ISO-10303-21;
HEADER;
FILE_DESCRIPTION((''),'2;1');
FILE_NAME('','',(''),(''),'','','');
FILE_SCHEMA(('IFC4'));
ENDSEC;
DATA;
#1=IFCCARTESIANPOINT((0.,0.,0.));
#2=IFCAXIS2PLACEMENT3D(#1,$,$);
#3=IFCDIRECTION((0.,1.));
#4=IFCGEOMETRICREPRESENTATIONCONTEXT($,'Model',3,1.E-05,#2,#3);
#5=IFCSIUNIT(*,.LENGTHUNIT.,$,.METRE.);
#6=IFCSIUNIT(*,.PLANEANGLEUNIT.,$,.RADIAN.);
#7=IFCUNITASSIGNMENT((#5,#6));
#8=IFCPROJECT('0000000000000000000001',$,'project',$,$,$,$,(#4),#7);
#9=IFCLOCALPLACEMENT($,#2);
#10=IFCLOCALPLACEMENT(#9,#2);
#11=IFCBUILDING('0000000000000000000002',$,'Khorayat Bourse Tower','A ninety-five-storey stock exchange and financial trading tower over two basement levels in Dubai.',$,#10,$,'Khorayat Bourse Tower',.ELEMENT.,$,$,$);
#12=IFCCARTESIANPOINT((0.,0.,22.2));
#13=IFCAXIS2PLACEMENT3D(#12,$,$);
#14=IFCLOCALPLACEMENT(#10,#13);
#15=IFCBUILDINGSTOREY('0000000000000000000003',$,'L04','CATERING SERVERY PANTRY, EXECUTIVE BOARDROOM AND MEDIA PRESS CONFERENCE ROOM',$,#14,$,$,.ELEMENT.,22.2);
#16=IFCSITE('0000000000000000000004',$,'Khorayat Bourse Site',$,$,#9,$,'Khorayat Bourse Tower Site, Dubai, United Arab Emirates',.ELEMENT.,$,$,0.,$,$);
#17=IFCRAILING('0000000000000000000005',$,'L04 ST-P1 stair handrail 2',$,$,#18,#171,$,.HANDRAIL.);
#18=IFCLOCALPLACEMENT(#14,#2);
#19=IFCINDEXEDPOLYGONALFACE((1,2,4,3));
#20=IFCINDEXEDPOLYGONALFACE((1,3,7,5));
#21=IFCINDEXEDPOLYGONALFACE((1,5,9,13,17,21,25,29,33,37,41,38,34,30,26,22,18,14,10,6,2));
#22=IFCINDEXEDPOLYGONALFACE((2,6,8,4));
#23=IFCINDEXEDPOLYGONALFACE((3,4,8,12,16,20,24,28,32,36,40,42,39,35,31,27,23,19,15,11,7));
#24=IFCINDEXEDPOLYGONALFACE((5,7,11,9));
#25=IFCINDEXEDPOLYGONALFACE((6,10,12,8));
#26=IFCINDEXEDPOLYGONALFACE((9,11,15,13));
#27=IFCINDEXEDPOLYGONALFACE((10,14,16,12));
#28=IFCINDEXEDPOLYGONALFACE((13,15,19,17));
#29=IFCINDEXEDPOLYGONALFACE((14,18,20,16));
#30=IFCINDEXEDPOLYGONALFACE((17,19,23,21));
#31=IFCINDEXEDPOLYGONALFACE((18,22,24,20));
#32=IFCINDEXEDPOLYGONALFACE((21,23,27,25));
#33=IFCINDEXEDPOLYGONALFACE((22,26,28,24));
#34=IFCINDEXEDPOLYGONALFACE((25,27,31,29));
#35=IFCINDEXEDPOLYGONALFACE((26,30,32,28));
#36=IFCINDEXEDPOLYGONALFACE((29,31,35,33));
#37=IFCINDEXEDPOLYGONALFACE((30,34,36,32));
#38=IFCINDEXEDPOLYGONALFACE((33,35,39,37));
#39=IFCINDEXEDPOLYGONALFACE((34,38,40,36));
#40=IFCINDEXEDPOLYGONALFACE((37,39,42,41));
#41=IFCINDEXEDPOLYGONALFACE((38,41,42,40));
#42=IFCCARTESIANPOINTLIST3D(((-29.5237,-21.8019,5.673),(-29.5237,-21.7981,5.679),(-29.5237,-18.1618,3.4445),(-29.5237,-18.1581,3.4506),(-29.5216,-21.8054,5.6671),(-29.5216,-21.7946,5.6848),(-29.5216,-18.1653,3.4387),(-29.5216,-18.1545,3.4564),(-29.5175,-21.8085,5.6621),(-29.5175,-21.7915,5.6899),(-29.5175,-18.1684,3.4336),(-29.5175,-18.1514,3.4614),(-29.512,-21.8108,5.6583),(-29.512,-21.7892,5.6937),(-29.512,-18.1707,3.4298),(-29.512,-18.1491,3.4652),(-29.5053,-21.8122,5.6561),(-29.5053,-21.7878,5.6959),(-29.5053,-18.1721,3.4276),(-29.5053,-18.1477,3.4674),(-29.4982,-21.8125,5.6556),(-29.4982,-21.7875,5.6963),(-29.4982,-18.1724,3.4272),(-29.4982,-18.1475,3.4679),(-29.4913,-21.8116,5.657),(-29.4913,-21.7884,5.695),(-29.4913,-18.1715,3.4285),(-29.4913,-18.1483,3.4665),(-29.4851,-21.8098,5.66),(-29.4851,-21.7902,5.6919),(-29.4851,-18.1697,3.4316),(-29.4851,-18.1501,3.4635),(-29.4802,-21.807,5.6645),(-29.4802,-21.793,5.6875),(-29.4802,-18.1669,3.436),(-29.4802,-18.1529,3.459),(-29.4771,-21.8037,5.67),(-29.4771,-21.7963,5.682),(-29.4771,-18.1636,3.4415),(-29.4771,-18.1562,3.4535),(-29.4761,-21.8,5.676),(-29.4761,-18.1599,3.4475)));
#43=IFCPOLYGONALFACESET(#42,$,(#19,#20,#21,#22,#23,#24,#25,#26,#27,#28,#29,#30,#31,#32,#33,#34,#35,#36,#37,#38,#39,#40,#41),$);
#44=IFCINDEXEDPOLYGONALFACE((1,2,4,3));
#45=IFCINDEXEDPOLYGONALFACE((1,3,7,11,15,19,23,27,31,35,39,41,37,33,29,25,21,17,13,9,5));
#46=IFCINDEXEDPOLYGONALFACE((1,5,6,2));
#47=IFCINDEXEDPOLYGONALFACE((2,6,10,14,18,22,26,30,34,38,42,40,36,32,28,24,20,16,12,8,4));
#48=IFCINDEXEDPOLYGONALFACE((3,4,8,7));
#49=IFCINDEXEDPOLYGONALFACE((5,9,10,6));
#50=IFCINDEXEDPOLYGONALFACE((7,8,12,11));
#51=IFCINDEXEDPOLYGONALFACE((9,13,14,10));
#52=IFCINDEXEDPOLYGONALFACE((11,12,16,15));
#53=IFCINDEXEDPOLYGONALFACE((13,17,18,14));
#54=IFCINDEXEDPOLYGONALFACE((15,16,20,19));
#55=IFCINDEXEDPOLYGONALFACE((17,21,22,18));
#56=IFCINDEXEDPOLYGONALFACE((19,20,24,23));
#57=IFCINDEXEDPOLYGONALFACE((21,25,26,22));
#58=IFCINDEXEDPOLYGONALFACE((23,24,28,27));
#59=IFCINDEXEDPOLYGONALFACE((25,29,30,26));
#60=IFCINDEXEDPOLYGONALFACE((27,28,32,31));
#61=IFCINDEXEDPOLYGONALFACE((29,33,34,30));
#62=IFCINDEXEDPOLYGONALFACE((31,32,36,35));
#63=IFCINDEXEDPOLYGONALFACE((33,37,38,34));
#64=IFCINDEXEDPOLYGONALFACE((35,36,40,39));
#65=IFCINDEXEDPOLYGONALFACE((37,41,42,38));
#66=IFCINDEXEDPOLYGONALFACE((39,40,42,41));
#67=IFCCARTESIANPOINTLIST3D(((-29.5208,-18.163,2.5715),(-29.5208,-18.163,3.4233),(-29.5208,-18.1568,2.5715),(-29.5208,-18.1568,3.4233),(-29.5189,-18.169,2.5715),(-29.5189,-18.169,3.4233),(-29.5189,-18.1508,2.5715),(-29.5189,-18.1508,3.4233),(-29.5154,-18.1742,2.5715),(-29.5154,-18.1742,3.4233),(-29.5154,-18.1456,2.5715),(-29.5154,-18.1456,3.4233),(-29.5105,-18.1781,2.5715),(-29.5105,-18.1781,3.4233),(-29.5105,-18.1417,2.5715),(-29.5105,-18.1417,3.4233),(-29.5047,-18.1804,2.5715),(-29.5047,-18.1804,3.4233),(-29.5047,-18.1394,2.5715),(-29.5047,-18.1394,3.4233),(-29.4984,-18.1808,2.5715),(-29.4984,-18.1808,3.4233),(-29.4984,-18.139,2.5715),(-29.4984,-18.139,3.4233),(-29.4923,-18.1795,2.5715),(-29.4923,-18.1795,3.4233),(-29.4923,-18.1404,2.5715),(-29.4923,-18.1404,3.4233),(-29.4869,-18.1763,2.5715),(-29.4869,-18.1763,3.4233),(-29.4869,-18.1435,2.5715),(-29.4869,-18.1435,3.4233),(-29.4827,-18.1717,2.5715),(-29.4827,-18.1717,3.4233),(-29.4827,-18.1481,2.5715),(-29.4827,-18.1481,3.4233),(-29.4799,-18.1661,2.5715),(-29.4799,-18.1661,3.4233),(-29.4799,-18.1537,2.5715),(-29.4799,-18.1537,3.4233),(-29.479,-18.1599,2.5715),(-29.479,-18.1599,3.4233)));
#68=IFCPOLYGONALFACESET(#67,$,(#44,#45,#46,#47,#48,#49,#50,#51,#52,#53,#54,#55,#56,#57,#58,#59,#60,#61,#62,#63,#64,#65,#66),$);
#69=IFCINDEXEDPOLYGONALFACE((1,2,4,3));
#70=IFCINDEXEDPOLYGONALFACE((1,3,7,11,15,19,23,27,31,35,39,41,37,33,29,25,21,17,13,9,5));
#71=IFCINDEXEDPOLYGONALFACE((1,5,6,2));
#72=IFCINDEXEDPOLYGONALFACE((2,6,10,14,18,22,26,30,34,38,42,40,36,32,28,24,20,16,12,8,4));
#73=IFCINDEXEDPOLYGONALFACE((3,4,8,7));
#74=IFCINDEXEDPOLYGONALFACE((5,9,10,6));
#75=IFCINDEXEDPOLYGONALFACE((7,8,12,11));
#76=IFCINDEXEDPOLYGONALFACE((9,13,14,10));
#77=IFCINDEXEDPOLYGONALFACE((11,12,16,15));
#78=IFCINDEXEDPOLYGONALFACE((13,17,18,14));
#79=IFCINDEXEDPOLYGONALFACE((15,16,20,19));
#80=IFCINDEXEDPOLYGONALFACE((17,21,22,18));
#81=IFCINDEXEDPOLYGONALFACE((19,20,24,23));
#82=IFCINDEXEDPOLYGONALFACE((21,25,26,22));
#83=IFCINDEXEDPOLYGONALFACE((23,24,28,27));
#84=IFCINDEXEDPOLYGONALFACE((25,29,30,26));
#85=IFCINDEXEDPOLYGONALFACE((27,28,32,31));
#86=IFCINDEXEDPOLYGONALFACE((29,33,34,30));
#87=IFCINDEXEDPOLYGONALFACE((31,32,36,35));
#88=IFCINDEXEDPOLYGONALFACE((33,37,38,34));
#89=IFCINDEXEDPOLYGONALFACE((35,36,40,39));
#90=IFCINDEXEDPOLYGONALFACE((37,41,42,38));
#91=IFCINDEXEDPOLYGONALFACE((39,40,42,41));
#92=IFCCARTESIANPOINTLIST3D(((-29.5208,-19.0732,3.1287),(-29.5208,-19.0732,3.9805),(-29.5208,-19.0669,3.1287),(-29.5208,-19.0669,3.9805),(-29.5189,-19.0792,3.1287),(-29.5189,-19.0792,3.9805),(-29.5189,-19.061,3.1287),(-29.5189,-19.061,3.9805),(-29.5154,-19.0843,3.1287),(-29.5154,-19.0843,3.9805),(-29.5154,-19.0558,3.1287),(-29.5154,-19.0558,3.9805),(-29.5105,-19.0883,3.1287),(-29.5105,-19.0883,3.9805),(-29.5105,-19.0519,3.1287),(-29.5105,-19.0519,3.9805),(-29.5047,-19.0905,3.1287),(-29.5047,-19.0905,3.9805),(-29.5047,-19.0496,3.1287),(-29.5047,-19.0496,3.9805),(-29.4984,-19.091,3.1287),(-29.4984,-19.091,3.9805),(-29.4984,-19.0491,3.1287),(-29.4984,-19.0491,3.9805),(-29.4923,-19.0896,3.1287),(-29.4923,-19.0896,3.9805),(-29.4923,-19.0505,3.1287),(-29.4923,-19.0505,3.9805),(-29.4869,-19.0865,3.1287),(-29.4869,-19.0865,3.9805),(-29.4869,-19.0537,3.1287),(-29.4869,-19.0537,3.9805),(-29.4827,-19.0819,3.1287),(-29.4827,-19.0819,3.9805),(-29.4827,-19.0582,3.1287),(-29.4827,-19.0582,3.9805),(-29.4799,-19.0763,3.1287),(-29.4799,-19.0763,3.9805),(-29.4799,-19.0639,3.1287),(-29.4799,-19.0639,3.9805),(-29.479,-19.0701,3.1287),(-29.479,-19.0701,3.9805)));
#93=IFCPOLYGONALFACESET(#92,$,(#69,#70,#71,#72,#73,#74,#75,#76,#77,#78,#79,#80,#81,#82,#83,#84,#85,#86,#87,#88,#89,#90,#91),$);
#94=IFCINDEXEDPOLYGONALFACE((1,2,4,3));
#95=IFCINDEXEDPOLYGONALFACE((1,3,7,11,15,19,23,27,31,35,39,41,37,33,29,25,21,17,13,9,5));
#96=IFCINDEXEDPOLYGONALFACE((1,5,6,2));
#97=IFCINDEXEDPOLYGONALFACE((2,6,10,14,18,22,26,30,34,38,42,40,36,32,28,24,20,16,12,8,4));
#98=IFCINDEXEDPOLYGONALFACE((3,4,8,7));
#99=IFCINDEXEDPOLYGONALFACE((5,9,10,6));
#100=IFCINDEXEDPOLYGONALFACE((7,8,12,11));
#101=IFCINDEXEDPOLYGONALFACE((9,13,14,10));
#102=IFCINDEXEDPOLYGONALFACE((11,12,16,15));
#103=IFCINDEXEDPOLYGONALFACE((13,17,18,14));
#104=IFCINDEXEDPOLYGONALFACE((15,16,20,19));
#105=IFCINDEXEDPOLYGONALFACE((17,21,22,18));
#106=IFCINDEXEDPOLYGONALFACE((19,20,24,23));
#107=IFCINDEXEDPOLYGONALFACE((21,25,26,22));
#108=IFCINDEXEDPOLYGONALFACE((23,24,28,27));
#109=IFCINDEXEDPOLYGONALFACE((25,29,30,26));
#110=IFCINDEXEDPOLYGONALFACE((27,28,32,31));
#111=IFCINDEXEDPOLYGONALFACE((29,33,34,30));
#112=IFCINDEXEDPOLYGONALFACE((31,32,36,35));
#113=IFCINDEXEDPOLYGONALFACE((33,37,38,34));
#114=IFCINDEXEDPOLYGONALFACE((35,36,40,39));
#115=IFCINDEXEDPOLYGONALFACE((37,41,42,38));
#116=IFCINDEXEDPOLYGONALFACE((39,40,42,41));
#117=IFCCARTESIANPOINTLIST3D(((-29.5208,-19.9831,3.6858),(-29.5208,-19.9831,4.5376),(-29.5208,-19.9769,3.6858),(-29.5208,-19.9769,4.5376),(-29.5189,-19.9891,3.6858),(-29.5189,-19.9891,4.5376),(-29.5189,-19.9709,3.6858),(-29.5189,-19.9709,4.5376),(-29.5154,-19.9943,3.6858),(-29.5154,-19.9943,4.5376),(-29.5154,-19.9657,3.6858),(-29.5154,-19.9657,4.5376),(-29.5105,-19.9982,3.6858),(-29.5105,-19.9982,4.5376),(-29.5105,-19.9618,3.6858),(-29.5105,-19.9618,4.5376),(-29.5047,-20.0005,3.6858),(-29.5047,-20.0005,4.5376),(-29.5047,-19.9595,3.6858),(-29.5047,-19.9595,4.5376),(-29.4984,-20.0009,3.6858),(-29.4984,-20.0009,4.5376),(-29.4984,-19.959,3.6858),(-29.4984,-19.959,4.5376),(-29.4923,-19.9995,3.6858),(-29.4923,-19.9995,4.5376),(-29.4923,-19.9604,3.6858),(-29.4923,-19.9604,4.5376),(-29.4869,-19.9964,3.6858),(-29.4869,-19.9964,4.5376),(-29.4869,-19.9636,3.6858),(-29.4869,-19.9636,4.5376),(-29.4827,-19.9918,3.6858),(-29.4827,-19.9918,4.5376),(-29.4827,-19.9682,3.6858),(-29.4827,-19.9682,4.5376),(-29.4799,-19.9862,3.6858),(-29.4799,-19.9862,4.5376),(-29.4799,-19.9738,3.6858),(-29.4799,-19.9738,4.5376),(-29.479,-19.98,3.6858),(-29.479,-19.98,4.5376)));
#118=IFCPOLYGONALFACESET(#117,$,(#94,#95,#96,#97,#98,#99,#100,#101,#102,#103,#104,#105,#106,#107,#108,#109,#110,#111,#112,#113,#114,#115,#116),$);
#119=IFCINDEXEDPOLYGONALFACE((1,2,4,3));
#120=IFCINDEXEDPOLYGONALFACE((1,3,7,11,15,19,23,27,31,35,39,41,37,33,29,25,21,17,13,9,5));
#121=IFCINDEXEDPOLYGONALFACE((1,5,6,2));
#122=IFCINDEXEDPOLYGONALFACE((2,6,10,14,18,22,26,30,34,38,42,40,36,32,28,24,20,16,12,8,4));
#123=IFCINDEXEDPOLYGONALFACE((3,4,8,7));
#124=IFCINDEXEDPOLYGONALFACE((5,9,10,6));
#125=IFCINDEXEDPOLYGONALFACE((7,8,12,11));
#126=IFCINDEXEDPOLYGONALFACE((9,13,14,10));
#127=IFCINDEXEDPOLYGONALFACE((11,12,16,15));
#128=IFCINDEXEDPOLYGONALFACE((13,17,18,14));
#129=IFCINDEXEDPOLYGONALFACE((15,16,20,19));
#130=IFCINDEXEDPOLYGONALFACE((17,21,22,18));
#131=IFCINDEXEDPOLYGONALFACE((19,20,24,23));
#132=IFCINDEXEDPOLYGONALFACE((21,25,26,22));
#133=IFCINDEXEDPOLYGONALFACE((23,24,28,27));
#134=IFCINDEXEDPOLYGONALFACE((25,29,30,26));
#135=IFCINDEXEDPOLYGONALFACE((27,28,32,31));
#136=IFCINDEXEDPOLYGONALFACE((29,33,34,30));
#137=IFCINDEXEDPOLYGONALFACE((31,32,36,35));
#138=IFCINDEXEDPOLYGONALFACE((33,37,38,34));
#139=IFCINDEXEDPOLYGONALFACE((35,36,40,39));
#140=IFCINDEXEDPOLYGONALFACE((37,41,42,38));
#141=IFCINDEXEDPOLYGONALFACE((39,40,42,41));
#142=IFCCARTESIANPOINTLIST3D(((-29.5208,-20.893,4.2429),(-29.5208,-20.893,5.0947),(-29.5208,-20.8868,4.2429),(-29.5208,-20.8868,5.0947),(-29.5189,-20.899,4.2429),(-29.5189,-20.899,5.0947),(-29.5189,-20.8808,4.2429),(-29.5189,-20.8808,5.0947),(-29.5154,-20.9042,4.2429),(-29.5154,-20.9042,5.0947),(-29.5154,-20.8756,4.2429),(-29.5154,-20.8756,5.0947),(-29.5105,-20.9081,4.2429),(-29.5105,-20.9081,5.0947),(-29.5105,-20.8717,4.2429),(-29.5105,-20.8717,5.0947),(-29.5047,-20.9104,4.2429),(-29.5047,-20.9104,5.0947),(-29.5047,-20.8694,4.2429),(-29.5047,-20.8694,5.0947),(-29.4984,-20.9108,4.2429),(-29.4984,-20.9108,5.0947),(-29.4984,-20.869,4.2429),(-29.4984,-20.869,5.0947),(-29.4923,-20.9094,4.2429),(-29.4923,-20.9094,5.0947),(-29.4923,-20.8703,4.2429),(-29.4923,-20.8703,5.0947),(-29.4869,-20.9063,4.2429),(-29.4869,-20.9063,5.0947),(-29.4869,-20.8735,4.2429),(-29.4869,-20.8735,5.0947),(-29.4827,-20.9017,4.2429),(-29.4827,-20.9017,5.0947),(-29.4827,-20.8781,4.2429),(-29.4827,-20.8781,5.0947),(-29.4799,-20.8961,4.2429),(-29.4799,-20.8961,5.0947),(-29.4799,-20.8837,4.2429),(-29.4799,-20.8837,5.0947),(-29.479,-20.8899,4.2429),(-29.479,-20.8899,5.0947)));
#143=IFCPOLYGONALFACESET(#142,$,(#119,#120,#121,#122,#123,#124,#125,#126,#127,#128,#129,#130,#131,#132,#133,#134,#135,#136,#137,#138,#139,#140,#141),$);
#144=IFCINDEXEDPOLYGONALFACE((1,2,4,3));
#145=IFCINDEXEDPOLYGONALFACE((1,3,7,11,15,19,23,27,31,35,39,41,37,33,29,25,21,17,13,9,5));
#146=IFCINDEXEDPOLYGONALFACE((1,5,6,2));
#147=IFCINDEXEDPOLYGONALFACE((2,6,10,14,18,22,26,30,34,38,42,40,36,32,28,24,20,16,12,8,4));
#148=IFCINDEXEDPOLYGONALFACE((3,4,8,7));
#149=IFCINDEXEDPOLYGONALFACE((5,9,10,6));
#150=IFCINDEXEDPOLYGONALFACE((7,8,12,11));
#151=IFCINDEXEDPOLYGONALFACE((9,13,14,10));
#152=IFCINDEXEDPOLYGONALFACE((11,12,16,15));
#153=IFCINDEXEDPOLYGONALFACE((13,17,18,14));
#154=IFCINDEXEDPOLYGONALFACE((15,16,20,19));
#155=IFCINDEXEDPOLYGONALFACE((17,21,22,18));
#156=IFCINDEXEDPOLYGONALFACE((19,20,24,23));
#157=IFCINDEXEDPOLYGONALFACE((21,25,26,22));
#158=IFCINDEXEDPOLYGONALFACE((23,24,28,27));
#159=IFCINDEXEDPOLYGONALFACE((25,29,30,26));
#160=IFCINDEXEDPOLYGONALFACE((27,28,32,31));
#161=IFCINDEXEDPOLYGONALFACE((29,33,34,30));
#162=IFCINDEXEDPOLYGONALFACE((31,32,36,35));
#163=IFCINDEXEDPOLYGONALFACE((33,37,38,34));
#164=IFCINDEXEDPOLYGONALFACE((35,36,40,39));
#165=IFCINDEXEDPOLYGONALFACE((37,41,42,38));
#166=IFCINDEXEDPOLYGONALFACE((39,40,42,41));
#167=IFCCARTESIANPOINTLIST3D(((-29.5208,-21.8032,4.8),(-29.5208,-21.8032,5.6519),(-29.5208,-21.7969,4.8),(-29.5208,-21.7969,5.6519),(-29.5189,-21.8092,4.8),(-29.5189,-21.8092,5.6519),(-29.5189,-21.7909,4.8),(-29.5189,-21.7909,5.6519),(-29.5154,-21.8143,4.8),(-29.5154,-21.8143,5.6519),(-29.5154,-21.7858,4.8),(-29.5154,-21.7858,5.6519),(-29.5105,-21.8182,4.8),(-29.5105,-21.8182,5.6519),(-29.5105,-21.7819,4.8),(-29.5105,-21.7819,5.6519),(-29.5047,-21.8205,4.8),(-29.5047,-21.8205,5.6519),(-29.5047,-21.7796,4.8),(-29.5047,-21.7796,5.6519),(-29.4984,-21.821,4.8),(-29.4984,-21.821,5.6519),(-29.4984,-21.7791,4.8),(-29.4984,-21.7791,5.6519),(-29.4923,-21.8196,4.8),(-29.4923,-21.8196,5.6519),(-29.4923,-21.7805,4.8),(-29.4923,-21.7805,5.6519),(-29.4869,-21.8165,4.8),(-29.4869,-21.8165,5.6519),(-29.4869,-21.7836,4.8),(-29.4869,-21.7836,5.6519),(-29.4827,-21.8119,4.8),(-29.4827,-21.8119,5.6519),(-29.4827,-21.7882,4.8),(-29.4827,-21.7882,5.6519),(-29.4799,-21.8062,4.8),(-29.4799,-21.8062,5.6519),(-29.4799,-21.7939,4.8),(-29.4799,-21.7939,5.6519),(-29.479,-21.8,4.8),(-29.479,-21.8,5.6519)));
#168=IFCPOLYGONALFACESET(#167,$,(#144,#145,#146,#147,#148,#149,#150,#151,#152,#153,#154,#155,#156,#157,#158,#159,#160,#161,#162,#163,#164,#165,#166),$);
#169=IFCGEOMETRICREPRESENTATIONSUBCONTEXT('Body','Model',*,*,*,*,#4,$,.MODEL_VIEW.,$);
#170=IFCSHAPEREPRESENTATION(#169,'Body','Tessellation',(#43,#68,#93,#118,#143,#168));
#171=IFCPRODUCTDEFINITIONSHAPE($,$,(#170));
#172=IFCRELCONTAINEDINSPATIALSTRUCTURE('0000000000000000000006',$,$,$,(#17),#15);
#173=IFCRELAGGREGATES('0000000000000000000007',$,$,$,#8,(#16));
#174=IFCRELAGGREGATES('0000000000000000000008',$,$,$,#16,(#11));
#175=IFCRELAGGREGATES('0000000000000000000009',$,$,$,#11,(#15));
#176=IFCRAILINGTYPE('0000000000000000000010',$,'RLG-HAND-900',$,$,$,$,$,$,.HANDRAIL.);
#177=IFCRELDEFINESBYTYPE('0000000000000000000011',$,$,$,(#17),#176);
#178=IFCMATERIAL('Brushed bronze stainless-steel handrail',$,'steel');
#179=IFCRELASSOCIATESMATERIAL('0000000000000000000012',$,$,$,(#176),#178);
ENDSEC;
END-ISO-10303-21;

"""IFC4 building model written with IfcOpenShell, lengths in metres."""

from ifc_helpers import new_model, si_unit, direction, frame, origin, origin_2d, place, context, subcontext, project, spatial, circle, extrude, source, transform, mapped, material, type_object, element, save


model = new_model("IFC4")

# Units and contexts
model_context = context("Model", 3, precision=1e-05, world=origin(), true_north=direction((0.0, 1.0)))
body_context = subcontext(model_context, "Body", "Model", "MODEL_VIEW")
ifc_project = project(units=[si_unit("LENGTHUNIT", "METRE"), si_unit("PLANEANGLEUNIT", "RADIAN")], contexts=[model_context])

# Site, building, storey
site_placement = place(None, origin())
site = spatial("IfcSite", under=ifc_project, at=site_placement, Name="Khorayat Bourse Site", LongName="Khorayat Bourse Tower Site, Dubai, United Arab Emirates", CompositionType="ELEMENT", RefElevation=0.0)
building_placement = place(site_placement, origin())
building = spatial("IfcBuilding", under=site, at=building_placement, Name="Khorayat Bourse Tower", Description="A ninety-five-storey stock exchange and financial trading tower over two basement levels in Dubai.", LongName="Khorayat Bourse Tower", CompositionType="ELEMENT")
storey_placement = place(building_placement, frame((0.0, 0.0, 22.2)))
storey = spatial("IfcBuildingStorey", under=building, at=storey_placement, Name="L04", Description="CATERING SERVERY PANTRY, EXECUTIVE BOARDROOM AND MEDIA PRESS CONFERENCE ROOM", CompositionType="ELEMENT", Elevation=22.2)

# Railing
ifc_material_1 = material(Name="Brushed bronze stainless-steel handrail", Category="steel")
railing_type_1 = type_object("IfcRailingType", Name="RLG-HAND-900", PredefinedType="HANDRAIL", material=ifc_material_1)
shared_shape_1 = source(origin(), body_context, "Body", "SweptSolid", [
    extrude(circle(Radius=0.0239, at=origin_2d()), frame((0.0, 0.0, 0.876), z_axis=(0.0, -0.852866, 0.52213), x_axis=(1.0, 0.0, 0.0)), (0.0, 0.0, 1.0), 4.2681),
    extrude(circle(Radius=0.021, at=origin_2d()), origin(), (0.0, 0.0, 1.0), 0.8518),
    extrude(circle(Radius=0.021, at=origin_2d()), frame((0.0, -0.9102, 0.5571)), (0.0, 0.0, 1.0), 0.8518),
    extrude(circle(Radius=0.021, at=origin_2d()), frame((0.0, -1.8201, 1.1143)), (0.0, 0.0, 1.0), 0.8518),
    extrude(circle(Radius=0.021, at=origin_2d()), frame((0.0, -2.73, 1.6714)), (0.0, 0.0, 1.0), 0.8518),
    extrude(circle(Radius=0.021, at=origin_2d()), frame((0.0, -3.6401, 2.2285)), (0.0, 0.0, 1.0), 0.8518),
])
railing_1_placement = place(storey_placement, frame((-29.5, -18.1599, 2.5715)))
element("IfcRailing", 1, at=railing_1_placement, inside=storey, type_object=railing_type_1, Name="L04 ST-P1 stair handrail 2", PredefinedType="HANDRAIL", context=body_context, shape_type="MappedRepresentation", body=[
    mapped(shared_shape_1, transform((0.0, 0.0, 0.0), scale=1.0)),
])

save(model, "model.ifc")
